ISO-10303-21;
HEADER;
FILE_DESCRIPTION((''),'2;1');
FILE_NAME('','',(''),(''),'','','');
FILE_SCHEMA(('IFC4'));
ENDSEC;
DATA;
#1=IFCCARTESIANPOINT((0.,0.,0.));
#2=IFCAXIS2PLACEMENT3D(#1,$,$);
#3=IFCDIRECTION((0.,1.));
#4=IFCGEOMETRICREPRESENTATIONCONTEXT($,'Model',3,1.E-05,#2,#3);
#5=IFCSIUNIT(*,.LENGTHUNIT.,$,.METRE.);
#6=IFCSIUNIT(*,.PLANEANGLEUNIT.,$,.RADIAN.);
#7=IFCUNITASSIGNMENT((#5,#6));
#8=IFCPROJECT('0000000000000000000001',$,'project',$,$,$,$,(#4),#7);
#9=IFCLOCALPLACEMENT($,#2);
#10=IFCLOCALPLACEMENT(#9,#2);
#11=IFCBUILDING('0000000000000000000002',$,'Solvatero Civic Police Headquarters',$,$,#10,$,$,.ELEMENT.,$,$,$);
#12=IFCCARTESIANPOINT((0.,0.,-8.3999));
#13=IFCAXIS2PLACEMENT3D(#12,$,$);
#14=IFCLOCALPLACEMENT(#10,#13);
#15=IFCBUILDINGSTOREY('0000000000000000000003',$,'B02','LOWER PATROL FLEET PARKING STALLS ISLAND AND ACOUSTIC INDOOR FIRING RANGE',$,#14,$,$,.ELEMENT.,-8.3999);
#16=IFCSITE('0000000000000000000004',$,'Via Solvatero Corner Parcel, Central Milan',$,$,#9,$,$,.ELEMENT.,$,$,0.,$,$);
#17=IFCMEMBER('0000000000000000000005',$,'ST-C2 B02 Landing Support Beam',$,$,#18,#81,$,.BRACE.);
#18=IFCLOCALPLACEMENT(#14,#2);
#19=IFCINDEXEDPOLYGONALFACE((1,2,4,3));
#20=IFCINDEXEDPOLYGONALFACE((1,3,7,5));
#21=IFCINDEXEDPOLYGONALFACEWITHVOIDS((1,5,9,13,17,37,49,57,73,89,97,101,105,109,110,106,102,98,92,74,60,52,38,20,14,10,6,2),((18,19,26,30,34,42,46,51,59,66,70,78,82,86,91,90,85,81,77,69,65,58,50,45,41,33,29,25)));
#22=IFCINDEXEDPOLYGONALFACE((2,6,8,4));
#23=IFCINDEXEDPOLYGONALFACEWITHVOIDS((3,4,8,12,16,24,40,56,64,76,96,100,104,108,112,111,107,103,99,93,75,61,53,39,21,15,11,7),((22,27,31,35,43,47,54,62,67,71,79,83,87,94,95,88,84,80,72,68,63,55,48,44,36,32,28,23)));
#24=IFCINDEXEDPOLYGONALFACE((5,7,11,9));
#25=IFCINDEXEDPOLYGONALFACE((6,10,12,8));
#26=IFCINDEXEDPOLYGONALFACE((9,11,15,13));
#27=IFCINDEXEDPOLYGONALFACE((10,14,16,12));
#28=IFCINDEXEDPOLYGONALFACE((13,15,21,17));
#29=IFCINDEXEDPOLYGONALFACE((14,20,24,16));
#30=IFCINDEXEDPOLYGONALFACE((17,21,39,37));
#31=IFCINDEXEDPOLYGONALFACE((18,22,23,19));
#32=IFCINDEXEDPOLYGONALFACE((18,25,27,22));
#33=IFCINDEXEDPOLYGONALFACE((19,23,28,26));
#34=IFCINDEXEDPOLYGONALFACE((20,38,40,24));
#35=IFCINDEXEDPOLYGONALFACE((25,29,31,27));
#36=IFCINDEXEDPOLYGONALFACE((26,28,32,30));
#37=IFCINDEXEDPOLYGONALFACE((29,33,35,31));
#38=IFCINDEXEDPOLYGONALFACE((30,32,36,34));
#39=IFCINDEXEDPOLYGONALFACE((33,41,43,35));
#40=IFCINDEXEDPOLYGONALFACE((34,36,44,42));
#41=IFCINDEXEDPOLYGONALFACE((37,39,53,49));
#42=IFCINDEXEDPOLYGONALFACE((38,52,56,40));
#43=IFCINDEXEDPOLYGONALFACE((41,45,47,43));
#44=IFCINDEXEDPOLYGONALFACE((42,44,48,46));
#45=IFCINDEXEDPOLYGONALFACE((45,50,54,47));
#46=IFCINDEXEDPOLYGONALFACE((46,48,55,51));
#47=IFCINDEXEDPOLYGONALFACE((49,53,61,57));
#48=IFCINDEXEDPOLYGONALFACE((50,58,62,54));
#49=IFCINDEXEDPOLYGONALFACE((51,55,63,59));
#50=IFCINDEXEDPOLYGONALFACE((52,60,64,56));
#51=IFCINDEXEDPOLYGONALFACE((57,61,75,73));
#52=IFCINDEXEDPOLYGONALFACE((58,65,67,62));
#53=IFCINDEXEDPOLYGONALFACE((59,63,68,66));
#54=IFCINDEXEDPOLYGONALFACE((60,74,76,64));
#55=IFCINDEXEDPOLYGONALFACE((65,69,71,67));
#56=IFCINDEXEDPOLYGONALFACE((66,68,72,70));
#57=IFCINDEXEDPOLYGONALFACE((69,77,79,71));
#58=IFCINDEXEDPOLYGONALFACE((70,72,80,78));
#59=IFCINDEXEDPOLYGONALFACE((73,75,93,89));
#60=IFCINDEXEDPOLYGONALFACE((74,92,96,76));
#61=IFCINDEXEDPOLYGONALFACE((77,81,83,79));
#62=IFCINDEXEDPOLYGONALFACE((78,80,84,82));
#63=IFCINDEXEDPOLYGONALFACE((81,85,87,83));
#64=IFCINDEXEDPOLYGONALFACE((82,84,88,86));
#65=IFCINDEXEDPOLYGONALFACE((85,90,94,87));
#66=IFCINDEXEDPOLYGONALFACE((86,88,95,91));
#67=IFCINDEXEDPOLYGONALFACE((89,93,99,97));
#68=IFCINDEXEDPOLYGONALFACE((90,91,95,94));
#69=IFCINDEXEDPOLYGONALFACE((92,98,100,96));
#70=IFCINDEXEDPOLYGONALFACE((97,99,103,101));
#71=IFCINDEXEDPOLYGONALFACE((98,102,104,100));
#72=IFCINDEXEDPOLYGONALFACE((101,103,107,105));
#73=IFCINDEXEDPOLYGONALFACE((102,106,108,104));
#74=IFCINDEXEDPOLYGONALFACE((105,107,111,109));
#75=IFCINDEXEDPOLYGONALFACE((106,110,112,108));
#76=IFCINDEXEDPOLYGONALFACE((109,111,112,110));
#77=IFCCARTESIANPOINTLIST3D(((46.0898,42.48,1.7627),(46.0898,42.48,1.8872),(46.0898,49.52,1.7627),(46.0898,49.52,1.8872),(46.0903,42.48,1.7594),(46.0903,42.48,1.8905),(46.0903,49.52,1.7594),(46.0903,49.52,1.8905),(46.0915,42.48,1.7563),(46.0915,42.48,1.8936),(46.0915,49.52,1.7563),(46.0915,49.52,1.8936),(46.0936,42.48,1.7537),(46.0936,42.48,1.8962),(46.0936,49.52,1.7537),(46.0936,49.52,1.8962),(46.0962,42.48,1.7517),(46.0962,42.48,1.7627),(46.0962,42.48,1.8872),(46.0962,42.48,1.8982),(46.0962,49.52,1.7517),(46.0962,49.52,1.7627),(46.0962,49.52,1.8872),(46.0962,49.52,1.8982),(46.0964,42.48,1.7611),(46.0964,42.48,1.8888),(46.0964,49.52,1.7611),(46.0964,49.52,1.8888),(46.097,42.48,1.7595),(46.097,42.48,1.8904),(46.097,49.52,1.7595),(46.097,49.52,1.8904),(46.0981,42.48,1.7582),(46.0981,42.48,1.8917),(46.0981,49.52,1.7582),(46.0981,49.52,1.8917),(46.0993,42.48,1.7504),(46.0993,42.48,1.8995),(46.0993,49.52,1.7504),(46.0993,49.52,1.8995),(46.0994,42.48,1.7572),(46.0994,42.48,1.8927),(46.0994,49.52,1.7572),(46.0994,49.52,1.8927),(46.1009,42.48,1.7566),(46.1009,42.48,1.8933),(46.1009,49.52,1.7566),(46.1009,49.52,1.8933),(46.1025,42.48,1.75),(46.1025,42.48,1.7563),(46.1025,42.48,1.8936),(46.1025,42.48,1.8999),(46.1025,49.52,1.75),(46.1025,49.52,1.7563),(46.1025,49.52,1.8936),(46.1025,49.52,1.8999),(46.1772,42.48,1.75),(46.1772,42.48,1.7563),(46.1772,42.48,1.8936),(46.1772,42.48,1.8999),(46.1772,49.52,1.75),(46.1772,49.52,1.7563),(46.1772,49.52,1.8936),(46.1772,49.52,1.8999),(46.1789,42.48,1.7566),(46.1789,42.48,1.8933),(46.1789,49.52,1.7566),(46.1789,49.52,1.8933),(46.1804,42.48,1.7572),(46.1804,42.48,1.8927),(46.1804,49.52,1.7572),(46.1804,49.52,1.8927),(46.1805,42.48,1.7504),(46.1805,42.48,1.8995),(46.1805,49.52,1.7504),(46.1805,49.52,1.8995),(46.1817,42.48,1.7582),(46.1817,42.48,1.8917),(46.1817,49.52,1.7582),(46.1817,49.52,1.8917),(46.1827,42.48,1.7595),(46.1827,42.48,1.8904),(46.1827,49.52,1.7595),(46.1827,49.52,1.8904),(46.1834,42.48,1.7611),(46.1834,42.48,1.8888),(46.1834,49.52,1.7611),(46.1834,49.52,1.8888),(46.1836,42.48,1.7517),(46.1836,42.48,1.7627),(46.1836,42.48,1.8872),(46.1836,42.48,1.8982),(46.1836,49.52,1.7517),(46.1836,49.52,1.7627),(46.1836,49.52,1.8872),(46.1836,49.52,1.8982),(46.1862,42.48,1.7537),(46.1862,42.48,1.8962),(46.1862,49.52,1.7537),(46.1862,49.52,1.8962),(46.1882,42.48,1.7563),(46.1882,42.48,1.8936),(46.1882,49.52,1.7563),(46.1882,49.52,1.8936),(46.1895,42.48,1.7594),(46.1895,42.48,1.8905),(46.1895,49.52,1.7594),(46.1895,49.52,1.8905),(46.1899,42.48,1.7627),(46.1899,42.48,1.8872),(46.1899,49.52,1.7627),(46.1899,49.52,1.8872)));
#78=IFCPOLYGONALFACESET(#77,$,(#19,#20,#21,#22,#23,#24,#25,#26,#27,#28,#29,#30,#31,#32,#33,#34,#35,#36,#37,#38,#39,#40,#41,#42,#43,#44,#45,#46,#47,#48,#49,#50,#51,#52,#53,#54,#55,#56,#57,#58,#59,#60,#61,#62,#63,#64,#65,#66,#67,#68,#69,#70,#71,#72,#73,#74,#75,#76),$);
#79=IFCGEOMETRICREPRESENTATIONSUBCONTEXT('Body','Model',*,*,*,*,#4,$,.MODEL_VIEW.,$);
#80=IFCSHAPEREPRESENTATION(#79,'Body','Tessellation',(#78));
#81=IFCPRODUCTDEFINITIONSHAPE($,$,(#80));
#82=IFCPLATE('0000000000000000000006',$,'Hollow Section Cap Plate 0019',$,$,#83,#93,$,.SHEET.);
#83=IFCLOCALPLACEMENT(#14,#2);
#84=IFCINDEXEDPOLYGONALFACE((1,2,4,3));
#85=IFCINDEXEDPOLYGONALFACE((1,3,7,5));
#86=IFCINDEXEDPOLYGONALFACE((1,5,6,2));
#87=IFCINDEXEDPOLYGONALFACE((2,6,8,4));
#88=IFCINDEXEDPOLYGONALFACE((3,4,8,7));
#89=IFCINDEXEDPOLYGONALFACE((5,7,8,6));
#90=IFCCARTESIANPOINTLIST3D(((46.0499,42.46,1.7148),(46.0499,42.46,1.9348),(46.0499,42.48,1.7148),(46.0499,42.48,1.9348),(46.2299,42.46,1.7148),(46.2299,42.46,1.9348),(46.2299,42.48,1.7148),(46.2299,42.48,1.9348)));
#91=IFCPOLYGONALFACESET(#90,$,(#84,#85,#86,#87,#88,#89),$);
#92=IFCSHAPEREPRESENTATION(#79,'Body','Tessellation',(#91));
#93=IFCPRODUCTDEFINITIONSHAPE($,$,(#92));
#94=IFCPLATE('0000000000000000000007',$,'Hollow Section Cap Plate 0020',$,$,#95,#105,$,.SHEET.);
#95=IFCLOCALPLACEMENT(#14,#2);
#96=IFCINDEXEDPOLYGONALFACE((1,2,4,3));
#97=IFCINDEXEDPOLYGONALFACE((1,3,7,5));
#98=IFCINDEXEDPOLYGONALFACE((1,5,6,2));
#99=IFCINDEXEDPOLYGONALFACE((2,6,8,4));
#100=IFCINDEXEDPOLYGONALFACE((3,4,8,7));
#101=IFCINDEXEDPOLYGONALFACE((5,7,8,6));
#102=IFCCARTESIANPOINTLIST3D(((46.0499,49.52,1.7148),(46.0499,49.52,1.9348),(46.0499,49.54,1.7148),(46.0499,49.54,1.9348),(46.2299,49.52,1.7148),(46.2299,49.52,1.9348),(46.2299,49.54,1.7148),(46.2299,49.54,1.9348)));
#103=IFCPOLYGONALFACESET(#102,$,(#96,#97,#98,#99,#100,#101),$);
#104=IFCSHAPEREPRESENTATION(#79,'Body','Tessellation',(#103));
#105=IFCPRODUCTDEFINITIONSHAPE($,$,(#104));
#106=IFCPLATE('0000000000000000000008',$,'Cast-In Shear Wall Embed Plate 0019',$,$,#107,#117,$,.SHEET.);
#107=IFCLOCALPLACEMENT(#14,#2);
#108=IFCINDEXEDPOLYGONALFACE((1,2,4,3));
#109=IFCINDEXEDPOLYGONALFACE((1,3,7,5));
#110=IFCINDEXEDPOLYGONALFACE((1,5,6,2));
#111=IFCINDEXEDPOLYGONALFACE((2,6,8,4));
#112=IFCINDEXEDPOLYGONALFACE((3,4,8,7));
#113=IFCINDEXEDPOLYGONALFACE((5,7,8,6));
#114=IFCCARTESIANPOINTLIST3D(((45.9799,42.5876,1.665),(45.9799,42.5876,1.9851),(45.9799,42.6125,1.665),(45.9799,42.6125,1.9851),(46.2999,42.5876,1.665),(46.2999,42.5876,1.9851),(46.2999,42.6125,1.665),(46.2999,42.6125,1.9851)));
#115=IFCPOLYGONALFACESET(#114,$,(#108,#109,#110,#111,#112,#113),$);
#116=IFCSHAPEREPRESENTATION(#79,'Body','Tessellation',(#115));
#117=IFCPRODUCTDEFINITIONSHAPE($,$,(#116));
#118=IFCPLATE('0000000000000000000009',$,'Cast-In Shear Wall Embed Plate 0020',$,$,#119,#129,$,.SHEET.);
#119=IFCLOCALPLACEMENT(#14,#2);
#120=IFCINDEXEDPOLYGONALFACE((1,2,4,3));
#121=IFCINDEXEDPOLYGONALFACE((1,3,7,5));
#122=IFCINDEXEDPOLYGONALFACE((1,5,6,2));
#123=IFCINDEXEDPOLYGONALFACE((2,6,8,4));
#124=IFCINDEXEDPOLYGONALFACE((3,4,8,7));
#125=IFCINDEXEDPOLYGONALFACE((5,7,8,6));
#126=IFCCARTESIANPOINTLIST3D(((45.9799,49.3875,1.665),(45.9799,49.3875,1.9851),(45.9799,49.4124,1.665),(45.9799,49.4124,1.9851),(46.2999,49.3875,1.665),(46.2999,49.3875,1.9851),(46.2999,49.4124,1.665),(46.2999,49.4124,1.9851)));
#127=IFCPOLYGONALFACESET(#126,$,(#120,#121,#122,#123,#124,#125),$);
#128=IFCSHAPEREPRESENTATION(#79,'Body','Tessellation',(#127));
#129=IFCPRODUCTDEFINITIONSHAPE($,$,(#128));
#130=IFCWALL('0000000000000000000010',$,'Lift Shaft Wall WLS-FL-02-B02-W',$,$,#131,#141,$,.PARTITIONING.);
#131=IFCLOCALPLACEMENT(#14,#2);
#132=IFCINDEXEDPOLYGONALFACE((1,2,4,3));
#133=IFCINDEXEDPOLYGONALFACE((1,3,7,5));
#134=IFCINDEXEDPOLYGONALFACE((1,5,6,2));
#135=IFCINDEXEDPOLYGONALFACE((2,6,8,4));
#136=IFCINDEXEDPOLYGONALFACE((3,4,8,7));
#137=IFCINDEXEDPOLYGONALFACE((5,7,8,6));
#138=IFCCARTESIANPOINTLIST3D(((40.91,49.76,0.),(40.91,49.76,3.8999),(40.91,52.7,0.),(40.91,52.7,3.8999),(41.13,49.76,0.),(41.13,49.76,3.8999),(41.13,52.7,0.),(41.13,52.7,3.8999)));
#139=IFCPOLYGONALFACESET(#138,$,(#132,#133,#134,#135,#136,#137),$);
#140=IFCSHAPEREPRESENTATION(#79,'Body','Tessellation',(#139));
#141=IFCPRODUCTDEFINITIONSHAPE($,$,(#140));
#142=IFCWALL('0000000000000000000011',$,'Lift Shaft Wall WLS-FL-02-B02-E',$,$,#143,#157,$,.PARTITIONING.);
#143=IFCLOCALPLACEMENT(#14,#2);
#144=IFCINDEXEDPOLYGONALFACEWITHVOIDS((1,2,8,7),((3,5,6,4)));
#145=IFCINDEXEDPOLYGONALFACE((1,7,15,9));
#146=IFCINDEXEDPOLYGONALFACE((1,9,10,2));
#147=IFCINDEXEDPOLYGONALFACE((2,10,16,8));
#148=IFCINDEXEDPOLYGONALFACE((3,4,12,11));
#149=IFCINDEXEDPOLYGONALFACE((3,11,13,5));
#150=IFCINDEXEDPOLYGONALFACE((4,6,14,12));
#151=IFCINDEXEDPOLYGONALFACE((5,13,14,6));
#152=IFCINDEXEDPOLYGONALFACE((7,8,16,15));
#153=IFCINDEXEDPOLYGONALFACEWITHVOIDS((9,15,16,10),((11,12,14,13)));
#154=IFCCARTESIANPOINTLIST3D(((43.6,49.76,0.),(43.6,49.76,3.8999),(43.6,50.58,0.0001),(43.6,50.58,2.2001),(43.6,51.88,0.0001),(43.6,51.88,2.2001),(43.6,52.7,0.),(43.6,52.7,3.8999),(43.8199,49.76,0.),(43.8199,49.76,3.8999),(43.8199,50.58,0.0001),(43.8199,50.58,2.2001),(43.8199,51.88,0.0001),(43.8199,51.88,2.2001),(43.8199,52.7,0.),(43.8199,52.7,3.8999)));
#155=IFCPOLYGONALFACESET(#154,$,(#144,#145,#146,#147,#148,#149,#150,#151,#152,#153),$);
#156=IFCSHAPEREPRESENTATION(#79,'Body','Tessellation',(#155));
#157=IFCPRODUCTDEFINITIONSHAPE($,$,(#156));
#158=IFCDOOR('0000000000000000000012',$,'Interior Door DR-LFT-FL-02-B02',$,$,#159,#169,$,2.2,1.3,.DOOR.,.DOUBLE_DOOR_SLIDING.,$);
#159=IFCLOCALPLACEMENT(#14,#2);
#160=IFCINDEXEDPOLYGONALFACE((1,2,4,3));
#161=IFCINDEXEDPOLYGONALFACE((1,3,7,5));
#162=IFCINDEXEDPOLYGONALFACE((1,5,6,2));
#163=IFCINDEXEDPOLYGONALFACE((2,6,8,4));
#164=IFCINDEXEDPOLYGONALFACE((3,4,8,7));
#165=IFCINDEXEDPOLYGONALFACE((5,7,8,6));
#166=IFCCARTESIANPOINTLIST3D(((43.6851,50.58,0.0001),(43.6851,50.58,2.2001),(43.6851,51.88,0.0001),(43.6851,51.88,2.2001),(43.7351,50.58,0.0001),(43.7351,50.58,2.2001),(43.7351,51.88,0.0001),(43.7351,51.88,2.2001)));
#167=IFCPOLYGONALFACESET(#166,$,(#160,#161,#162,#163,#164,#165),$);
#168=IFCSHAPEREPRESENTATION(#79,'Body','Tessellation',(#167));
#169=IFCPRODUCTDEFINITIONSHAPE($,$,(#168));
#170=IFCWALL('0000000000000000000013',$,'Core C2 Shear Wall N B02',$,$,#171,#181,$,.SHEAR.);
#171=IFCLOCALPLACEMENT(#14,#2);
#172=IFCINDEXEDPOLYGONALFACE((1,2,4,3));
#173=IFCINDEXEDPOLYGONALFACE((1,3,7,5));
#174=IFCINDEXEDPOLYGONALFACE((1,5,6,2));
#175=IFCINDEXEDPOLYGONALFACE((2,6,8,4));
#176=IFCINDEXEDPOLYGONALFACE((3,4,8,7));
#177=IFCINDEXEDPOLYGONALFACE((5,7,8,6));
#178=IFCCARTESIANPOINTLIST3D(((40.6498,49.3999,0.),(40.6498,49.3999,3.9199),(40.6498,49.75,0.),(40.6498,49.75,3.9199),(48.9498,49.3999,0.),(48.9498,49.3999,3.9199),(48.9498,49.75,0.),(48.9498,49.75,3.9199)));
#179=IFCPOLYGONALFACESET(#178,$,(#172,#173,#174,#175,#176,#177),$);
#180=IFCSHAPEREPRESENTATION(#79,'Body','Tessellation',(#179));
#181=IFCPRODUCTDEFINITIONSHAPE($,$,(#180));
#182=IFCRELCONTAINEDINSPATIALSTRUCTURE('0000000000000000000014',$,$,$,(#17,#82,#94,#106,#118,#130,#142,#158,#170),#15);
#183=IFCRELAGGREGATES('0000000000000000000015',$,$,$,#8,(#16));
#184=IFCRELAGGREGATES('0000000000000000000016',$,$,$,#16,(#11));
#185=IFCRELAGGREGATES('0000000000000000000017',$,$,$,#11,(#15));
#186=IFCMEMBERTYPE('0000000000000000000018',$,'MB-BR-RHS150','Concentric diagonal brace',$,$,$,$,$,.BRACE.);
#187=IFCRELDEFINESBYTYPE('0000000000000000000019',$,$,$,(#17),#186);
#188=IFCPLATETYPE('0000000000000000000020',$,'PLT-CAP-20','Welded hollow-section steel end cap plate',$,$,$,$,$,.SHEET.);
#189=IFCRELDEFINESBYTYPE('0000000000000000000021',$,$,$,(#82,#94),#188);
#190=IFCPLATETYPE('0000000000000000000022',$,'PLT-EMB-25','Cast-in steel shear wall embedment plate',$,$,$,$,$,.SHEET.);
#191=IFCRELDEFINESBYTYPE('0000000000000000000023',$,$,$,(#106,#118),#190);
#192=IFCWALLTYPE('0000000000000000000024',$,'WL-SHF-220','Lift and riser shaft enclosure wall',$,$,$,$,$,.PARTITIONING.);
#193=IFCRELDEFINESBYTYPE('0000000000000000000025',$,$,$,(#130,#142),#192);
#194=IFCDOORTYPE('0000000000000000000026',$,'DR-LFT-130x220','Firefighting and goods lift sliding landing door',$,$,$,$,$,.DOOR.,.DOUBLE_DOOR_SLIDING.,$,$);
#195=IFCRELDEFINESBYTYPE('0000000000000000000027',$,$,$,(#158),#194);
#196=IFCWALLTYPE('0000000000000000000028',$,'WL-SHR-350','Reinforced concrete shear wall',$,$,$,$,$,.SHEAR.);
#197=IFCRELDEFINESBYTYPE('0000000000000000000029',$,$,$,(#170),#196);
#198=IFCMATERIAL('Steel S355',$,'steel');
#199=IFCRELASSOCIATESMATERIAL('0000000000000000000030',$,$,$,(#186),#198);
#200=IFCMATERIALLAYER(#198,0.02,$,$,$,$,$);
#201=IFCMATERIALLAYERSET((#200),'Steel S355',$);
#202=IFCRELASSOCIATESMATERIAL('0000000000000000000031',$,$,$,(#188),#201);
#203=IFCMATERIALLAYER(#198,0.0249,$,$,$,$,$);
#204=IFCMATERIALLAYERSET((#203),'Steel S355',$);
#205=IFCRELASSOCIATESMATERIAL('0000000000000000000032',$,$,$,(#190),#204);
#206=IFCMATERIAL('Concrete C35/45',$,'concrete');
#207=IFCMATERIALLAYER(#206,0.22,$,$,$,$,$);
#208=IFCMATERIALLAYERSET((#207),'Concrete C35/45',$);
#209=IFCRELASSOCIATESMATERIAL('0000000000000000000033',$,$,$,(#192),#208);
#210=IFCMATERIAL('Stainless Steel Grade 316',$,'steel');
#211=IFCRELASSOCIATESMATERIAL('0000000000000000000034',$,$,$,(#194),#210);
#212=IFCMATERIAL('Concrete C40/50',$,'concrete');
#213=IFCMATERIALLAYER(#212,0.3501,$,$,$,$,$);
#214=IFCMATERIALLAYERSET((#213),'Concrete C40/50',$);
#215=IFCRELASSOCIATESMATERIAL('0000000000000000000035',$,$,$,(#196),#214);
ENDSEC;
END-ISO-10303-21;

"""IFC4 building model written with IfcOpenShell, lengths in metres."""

from ifc_helpers import new_model, si_unit, direction, frame, frame_2d, origin, origin_2d, place, context, subcontext, project, spatial, rectangle, hollow_rectangle, extrude, material, layer, layer_set, material_profile, profile_set, type_object, element, fill, save


model = new_model("IFC4")

# Units and contexts
model_context = context("Model", 3, precision=1e-05, world=origin(), true_north=direction((0.0, 1.0)))
body_context = subcontext(model_context, "Body", "Model", "MODEL_VIEW")
ifc_project = project(units=[si_unit("LENGTHUNIT", "METRE"), si_unit("PLANEANGLEUNIT", "RADIAN")], contexts=[model_context])

# Site, building, storey
site_placement = place(None, origin())
site = spatial("IfcSite", under=ifc_project, at=site_placement, Name="Via Solvatero Corner Parcel, Central Milan", CompositionType="ELEMENT", RefElevation=0.0)
building_placement = place(site_placement, origin())
building = spatial("IfcBuilding", under=site, at=building_placement, Name="Solvatero Civic Police Headquarters", CompositionType="ELEMENT")
storey_placement = place(building_placement, frame((0.0, 0.0, -8.3999)))
storey = spatial("IfcBuildingStorey", under=building, at=storey_placement, Name="B02", Description="LOWER PATROL FLEET PARKING STALLS ISLAND AND ACOUSTIC INDOOR FIRING RANGE", CompositionType="ELEMENT", Elevation=-8.3999)

# Member
ifc_material_1 = material(Name="Steel S355", Category="steel")
ifc_material_profile_1 = material_profile(ifc_material_1, hollow_rectangle(XDim=0.1001, YDim=0.1499, WallThickness=0.0063, InnerFilletRadius=0.0063, OuterFilletRadius=0.0127, at=origin_2d()), Name="RHS 150x100x6.3")
ifc_profile_set_1 = profile_set([ifc_material_profile_1], Name="Steel S355")
member_type = type_object("IfcMemberType", Name="MB-BR-RHS150", Description="Concentric diagonal brace", PredefinedType="BRACE", material=ifc_profile_set_1)
member_placement = place(storey_placement, frame((46.1399, 42.48, 1.825), z_axis=(0.0, 1.0, 0.0), x_axis=(-1.0, 0.0, 0.0)))
element("IfcMember", 1, at=member_placement, inside=storey, type_object=member_type, Name="ST-C2 B02 Landing Support Beam", PredefinedType="BRACE", context=body_context, shape_type="SweptSolid", body=[
    extrude(hollow_rectangle(XDim=0.1001, YDim=0.1499, WallThickness=0.0063, InnerFilletRadius=0.0063, OuterFilletRadius=0.0127, at=origin_2d()), origin(), (0.0, 0.0, 1.0), 7.04),
])

# Plates
ifc_layer_1 = layer(ifc_material_1, 0.02)
ifc_layer_set_1 = layer_set([ifc_layer_1], Name="Steel S355")
plate_type_1 = type_object("IfcPlateType", Name="PLT-CAP-20", Description="Welded hollow-section steel end cap plate", PredefinedType="SHEET", material=ifc_layer_set_1)
for number, where, z_axis, x_axis, name in (
    (2, (46.1399, 42.47, 1.7148), (0.0, 0.0, 1.0), (1.0, 0.0, 0.0), "Hollow Section Cap Plate 0019"),
    (3, (46.1399, 49.53, 1.7148), (0.0, 0.0, 1.0), (1.0, 0.0, 0.0), "Hollow Section Cap Plate 0020"),
):
    element("IfcPlate", number, at=place(storey_placement, frame(where, z_axis=z_axis, x_axis=x_axis)), inside=storey, type_object=plate_type_1, Name=name, PredefinedType="SHEET", context=body_context, shape_type="SweptSolid", body=[
        extrude(rectangle(XDim=0.1799, YDim=0.02, at=origin_2d()), origin(), (0.0, 0.0, 1.0), 0.22),
    ])
ifc_layer_2 = layer(ifc_material_1, 0.0249)
ifc_layer_set_2 = layer_set([ifc_layer_2], Name="Steel S355")
plate_type_2 = type_object("IfcPlateType", Name="PLT-EMB-25", Description="Cast-in steel shear wall embedment plate", PredefinedType="SHEET", material=ifc_layer_set_2)
for number, where, z_axis, x_axis, name in (
    (4, (46.1399, 42.6001, 1.665), (0.0, 0.0, 1.0), (1.0, 0.0, 0.0), "Cast-In Shear Wall Embed Plate 0019"),
    (5, (46.1399, 49.3999, 1.665), (0.0, 0.0, 1.0), (1.0, 0.0, 0.0), "Cast-In Shear Wall Embed Plate 0020"),
):
    element("IfcPlate", number, at=place(storey_placement, frame(where, z_axis=z_axis, x_axis=x_axis)), inside=storey, type_object=plate_type_2, Name=name, PredefinedType="SHEET", context=body_context, shape_type="SweptSolid", body=[
        extrude(rectangle(XDim=0.3201, YDim=0.0249, at=origin_2d()), origin(), (0.0, 0.0, 1.0), 0.3201),
    ])

# Wall
ifc_material_2 = material(Name="Concrete C35/45", Category="concrete")
ifc_layer_3 = layer(ifc_material_2, 0.22)
ifc_layer_set_3 = layer_set([ifc_layer_3], Name="Concrete C35/45")
wall_type_1 = type_object("IfcWallType", Name="WL-SHF-220", Description="Lift and riser shaft enclosure wall", PredefinedType="PARTITIONING", material=ifc_layer_set_3)
wall_1_placement = place(storey_placement, frame((41.02, 49.76, 0.0), z_axis=(0.0, 0.0, 1.0), x_axis=(0.0, 1.0, 0.0)))
element("IfcWall", 6, at=wall_1_placement, inside=storey, type_object=wall_type_1, Name="Lift Shaft Wall WLS-FL-02-B02-W", PredefinedType="PARTITIONING", context=body_context, shape_type="SweptSolid", body=[
    extrude(rectangle(XDim=2.9399, YDim=0.22, at=frame_2d((1.47, 0.0))), origin(), (0.0, 0.0, 1.0), 3.8999),
])

# Wall, opening, door
wall_2_placement = place(storey_placement, frame((43.71, 49.76, 0.0), z_axis=(0.0, 0.0, 1.0), x_axis=(0.0, 1.0, 0.0)))
wall_2 = element("IfcWall", 7, at=wall_2_placement, inside=storey, type_object=wall_type_1, Name="Lift Shaft Wall WLS-FL-02-B02-E", PredefinedType="PARTITIONING", context=body_context, shape_type="SweptSolid", body=[
    extrude(rectangle(XDim=2.9399, YDim=0.22, at=frame_2d((1.47, 0.0))), origin(), (0.0, 0.0, 1.0), 3.8999),
])
opening_1_placement = place(wall_2_placement, frame((0.8201, 0.0, 0.0)))
opening_1 = element("IfcOpeningElement", 8, at=opening_1_placement, cuts=wall_2, PredefinedType="OPENING", context=body_context, shape_type="SweptSolid", body=[
    extrude(rectangle(XDim=1.3, YDim=2.2, at=frame_2d((0.6499, 1.1001))), frame((0.0, 0.1199, 0.0), z_axis=(0.0, -1.0, 0.0), x_axis=(1.0, 0.0, 0.0)), (0.0, 0.0, 1.0), 0.24),
])
ifc_material_3 = material(Name="Stainless Steel Grade 316", Category="steel")
door_type_1 = type_object("IfcDoorType", Name="DR-LFT-130x220", Description="Firefighting and goods lift sliding landing door", OperationType="DOUBLE_DOOR_SLIDING", PredefinedType="DOOR", material=ifc_material_3)
door_1_placement = place(opening_1_placement, origin())
door_1 = element("IfcDoor", 9, at=door_1_placement, inside=storey, type_object=door_type_1, Name="Interior Door DR-LFT-FL-02-B02", OperationType="DOUBLE_DOOR_SLIDING", OverallHeight=2.2, OverallWidth=1.3, PredefinedType="DOOR", context=body_context, shape_type="SweptSolid", body=[
    extrude(rectangle(XDim=1.3, YDim=2.2, at=frame_2d((0.6499, 1.1001))), frame((0.0, 0.0249, 0.0), z_axis=(0.0, -1.0, 0.0), x_axis=(1.0, 0.0, 0.0)), (0.0, 0.0, 1.0), 0.05),
])
fill(opening_1, door_1)

# Wall
ifc_material_4 = material(Name="Concrete C40/50", Category="concrete")
ifc_layer_4 = layer(ifc_material_4, 0.3501)
ifc_layer_set_4 = layer_set([ifc_layer_4], Name="Concrete C40/50")
wall_type_2 = type_object("IfcWallType", Name="WL-SHR-350", Description="Reinforced concrete shear wall", PredefinedType="SHEAR", material=ifc_layer_set_4)
wall_3_placement = place(storey_placement, frame((40.6499, 49.575, 0.0), z_axis=(0.0, 0.0, 1.0), x_axis=(1.0, 0.0, 0.0)))
element("IfcWall", 10, at=wall_3_placement, inside=storey, type_object=wall_type_2, Name="Core C2 Shear Wall N B02", PredefinedType="SHEAR", context=body_context, shape_type="SweptSolid", body=[
    extrude(rectangle(XDim=8.3, YDim=0.3501, at=frame_2d((4.1499, 0.0))), origin(), (0.0, 0.0, 1.0), 3.9199),
])

save(model, "model.ifc")
